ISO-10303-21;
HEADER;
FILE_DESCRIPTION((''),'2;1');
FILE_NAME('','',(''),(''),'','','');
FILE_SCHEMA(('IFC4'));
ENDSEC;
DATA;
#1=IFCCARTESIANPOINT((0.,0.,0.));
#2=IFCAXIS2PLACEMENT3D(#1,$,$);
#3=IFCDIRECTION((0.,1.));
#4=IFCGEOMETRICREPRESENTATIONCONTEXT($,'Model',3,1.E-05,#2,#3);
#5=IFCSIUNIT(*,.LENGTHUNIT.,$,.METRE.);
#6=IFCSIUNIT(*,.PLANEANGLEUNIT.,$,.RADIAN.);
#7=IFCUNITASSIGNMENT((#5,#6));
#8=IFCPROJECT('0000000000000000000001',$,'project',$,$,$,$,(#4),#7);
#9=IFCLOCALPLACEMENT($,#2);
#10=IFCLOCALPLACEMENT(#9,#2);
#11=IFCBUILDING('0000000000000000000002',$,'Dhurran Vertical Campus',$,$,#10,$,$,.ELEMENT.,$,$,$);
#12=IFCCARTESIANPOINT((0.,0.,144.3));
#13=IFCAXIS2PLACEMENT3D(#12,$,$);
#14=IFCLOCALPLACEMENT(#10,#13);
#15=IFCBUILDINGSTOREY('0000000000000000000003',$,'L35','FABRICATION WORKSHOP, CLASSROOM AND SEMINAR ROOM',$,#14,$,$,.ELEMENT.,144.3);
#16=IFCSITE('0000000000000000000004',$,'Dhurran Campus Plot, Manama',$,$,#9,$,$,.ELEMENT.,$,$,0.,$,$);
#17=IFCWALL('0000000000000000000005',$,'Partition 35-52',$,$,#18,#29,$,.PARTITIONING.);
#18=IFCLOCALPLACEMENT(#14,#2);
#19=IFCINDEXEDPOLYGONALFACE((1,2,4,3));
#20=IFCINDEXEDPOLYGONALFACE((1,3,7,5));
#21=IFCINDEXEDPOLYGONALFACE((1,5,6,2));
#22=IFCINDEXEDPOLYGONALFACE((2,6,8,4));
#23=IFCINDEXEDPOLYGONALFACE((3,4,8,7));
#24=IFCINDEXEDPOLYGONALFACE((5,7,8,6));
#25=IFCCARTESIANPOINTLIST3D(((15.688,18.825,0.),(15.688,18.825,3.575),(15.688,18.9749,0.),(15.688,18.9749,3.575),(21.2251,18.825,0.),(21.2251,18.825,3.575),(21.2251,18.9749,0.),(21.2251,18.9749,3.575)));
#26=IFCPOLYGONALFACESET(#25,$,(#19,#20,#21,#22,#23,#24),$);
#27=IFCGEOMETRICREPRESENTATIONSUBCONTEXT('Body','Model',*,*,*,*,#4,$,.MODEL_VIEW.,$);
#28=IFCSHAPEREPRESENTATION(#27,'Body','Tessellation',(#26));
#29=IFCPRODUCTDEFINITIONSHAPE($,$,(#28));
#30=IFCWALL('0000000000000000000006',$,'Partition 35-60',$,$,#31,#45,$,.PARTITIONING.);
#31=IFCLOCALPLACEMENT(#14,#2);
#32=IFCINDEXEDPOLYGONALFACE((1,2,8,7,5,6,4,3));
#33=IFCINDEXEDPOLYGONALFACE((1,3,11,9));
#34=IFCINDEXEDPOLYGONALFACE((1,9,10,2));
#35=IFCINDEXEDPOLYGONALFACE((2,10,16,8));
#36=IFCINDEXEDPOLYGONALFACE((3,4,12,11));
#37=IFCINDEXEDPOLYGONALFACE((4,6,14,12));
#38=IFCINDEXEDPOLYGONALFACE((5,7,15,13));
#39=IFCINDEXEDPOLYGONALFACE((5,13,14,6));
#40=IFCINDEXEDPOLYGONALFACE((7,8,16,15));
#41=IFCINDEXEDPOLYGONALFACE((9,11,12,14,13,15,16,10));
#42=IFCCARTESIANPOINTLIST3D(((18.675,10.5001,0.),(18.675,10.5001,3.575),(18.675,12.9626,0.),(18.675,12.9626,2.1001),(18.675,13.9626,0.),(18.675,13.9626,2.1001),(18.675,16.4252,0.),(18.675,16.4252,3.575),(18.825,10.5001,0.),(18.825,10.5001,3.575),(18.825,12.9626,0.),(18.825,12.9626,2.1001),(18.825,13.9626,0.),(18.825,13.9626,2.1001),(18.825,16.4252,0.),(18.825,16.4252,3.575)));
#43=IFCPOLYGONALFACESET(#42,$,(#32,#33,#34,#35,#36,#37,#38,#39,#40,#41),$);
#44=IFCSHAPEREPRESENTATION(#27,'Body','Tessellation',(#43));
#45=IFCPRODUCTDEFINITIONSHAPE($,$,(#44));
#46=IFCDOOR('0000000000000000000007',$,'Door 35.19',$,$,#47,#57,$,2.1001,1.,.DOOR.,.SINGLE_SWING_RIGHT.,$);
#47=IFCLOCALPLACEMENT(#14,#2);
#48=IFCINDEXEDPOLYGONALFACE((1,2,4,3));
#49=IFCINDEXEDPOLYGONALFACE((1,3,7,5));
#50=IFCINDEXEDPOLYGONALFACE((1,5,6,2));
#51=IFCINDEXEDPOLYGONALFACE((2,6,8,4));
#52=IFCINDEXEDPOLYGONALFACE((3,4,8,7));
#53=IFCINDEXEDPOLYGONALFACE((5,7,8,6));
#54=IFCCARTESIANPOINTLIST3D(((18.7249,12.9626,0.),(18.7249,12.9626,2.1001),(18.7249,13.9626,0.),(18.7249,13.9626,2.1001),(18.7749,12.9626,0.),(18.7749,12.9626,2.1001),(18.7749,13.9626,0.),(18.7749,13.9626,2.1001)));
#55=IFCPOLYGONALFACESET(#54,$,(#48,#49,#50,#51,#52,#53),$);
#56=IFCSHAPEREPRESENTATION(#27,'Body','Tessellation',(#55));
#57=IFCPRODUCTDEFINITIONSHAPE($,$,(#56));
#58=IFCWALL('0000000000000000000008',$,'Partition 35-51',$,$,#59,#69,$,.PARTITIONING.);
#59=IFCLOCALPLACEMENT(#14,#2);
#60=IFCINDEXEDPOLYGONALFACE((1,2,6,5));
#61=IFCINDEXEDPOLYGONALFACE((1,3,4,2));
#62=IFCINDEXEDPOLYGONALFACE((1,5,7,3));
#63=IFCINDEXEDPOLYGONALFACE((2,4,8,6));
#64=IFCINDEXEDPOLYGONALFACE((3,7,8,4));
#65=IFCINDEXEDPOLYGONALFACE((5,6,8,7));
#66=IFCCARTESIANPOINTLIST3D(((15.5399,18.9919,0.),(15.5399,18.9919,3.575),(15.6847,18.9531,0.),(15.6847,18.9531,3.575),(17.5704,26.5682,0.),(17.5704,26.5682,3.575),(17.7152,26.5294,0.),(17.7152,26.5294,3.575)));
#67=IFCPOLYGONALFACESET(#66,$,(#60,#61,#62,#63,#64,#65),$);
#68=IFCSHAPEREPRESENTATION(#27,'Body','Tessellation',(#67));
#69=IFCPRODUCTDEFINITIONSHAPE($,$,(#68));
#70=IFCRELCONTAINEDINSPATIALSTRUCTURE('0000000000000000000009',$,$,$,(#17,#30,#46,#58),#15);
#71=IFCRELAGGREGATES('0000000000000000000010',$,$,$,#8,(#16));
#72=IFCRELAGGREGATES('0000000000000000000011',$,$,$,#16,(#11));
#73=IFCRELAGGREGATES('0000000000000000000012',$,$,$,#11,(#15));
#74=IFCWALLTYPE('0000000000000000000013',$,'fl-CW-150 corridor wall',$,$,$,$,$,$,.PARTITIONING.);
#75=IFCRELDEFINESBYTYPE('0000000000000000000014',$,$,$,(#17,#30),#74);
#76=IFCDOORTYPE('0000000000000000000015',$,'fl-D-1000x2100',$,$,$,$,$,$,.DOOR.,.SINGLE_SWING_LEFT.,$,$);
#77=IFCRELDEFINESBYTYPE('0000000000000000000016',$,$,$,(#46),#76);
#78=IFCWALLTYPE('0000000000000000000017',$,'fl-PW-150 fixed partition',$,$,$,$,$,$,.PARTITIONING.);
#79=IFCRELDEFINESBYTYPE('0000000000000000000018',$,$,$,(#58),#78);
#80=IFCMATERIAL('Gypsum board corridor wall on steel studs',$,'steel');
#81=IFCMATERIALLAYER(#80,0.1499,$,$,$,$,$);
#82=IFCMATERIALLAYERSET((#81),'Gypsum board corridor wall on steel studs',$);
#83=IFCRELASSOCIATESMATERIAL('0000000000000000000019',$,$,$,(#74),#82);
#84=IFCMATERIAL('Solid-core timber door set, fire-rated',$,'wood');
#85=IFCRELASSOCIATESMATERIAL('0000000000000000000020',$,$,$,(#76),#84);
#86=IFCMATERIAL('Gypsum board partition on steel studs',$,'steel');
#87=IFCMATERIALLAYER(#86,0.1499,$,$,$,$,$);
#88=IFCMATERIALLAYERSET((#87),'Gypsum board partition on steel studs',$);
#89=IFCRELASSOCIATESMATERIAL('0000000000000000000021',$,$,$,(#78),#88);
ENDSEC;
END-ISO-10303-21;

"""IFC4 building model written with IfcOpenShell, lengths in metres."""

from ifc_helpers import new_model, si_unit, direction, frame, frame_2d, origin, place, context, subcontext, project, spatial, rectangle, extrude, material, layer, layer_set, type_object, element, fill, save


model = new_model("IFC4")

# Units and contexts
model_context = context("Model", 3, precision=1e-05, world=origin(), true_north=direction((0.0, 1.0)))
body_context = subcontext(model_context, "Body", "Model", "MODEL_VIEW")
ifc_project = project(units=[si_unit("LENGTHUNIT", "METRE"), si_unit("PLANEANGLEUNIT", "RADIAN")], contexts=[model_context])

# Site, building, storey
site_placement = place(None, origin())
site = spatial("IfcSite", under=ifc_project, at=site_placement, Name="Dhurran Campus Plot, Manama", CompositionType="ELEMENT", RefElevation=0.0)
building_placement = place(site_placement, origin())
building = spatial("IfcBuilding", under=site, at=building_placement, Name="Dhurran Vertical Campus", CompositionType="ELEMENT")
storey_placement = place(building_placement, frame((0.0, 0.0, 144.3)))
storey = spatial("IfcBuildingStorey", under=building, at=storey_placement, Name="L35", Description="FABRICATION WORKSHOP, CLASSROOM AND SEMINAR ROOM", CompositionType="ELEMENT", Elevation=144.3)

# Shared definitions
ifc_material_1 = material(Name="Gypsum board corridor wall on steel studs", Category="steel")
ifc_layer_1 = layer(ifc_material_1, 0.1499)
ifc_layer_set_1 = layer_set([ifc_layer_1], Name="Gypsum board corridor wall on steel studs")
wall_type_1 = type_object("IfcWallType", Name="fl-CW-150 corridor wall", PredefinedType="PARTITIONING", material=ifc_layer_set_1)
ifc_material_2 = material(Name="Solid-core timber door set, fire-rated", Category="wood")
door_type = type_object("IfcDoorType", Name="fl-D-1000x2100", OperationType="SINGLE_SWING_LEFT", PredefinedType="DOOR", material=ifc_material_2)

# Wall
wall_1_placement = place(storey_placement, frame((21.2251, 18.8999, 0.0), z_axis=(0.0, 0.0, 1.0), x_axis=(-1.0, 0.0, 0.0)))
element("IfcWall", 1, at=wall_1_placement, inside=storey, type_object=wall_type_1, Name="Partition 35-52", PredefinedType="PARTITIONING", context=body_context, shape_type="SweptSolid", body=[
    extrude(rectangle(XDim=5.5371, YDim=0.1499, at=frame_2d((2.7686, 0.0))), origin(), (0.0, 0.0, 1.0), 3.575),
])

# Wall, opening, door
wall_2_placement = place(storey_placement, frame((18.75, 16.425, 0.0), z_axis=(0.0, 0.0, 1.0), x_axis=(0.0, -1.0, 0.0)))
wall_2 = element("IfcWall", 2, at=wall_2_placement, inside=storey, type_object=wall_type_1, Name="Partition 35-60", PredefinedType="PARTITIONING", context=body_context, shape_type="SweptSolid", body=[
    extrude(rectangle(XDim=5.925, YDim=0.1499, at=frame_2d((2.9624, 0.0))), origin(), (0.0, 0.0, 1.0), 3.575),
])
opening_1_placement = place(wall_2_placement, frame((2.4624, 0.0, 0.0)))
opening_1 = element("IfcOpeningElement", 3, at=opening_1_placement, cuts=wall_2, PredefinedType="OPENING", context=body_context, shape_type="SweptSolid", body=[
    extrude(rectangle(XDim=1.0, YDim=2.1001, at=frame_2d((0.5, 1.05))), frame((0.0, 0.085, 0.0), z_axis=(0.0, -1.0, 0.0), x_axis=(1.0, 0.0, 0.0)), (0.0, 0.0, 1.0), 0.1699),
])
door_1_placement = place(opening_1_placement, origin())
door_1 = element("IfcDoor", 4, at=door_1_placement, inside=storey, type_object=door_type, Name="Door 35.19", OperationType="SINGLE_SWING_RIGHT", OverallHeight=2.1001, OverallWidth=1.0, PredefinedType="DOOR", context=body_context, shape_type="SweptSolid", body=[
    extrude(rectangle(XDim=1.0, YDim=2.1001, at=frame_2d((0.5, 1.05))), frame((0.0, 0.0249, 0.0), z_axis=(0.0, -1.0, 0.0), x_axis=(1.0, 0.0, 0.0)), (0.0, 0.0, 1.0), 0.05),
])
fill(opening_1, door_1)

# Wall
ifc_material_3 = material(Name="Gypsum board partition on steel studs", Category="steel")
ifc_layer_2 = layer(ifc_material_3, 0.1499)
ifc_layer_set_2 = layer_set([ifc_layer_2], Name="Gypsum board partition on steel studs")
wall_type_2 = type_object("IfcWallType", Name="fl-PW-150 fixed partition", PredefinedType="PARTITIONING", material=ifc_layer_set_2)
wall_3_placement = place(storey_placement, frame((17.6428, 26.5488, 0.0), z_axis=(0.0, 0.0, 1.0), x_axis=(-0.258869, -0.965912, 0.0)))
element("IfcWall", 5, at=wall_3_placement, inside=storey, type_object=wall_type_2, Name="Partition 35-51", PredefinedType="PARTITIONING", context=body_context, shape_type="SweptSolid", body=[
    extrude(rectangle(XDim=7.8438, YDim=0.1499, at=frame_2d((3.9219, 0.0))), origin(), (0.0, 0.0, 1.0), 3.575),
])

save(model, "model.ifc")
